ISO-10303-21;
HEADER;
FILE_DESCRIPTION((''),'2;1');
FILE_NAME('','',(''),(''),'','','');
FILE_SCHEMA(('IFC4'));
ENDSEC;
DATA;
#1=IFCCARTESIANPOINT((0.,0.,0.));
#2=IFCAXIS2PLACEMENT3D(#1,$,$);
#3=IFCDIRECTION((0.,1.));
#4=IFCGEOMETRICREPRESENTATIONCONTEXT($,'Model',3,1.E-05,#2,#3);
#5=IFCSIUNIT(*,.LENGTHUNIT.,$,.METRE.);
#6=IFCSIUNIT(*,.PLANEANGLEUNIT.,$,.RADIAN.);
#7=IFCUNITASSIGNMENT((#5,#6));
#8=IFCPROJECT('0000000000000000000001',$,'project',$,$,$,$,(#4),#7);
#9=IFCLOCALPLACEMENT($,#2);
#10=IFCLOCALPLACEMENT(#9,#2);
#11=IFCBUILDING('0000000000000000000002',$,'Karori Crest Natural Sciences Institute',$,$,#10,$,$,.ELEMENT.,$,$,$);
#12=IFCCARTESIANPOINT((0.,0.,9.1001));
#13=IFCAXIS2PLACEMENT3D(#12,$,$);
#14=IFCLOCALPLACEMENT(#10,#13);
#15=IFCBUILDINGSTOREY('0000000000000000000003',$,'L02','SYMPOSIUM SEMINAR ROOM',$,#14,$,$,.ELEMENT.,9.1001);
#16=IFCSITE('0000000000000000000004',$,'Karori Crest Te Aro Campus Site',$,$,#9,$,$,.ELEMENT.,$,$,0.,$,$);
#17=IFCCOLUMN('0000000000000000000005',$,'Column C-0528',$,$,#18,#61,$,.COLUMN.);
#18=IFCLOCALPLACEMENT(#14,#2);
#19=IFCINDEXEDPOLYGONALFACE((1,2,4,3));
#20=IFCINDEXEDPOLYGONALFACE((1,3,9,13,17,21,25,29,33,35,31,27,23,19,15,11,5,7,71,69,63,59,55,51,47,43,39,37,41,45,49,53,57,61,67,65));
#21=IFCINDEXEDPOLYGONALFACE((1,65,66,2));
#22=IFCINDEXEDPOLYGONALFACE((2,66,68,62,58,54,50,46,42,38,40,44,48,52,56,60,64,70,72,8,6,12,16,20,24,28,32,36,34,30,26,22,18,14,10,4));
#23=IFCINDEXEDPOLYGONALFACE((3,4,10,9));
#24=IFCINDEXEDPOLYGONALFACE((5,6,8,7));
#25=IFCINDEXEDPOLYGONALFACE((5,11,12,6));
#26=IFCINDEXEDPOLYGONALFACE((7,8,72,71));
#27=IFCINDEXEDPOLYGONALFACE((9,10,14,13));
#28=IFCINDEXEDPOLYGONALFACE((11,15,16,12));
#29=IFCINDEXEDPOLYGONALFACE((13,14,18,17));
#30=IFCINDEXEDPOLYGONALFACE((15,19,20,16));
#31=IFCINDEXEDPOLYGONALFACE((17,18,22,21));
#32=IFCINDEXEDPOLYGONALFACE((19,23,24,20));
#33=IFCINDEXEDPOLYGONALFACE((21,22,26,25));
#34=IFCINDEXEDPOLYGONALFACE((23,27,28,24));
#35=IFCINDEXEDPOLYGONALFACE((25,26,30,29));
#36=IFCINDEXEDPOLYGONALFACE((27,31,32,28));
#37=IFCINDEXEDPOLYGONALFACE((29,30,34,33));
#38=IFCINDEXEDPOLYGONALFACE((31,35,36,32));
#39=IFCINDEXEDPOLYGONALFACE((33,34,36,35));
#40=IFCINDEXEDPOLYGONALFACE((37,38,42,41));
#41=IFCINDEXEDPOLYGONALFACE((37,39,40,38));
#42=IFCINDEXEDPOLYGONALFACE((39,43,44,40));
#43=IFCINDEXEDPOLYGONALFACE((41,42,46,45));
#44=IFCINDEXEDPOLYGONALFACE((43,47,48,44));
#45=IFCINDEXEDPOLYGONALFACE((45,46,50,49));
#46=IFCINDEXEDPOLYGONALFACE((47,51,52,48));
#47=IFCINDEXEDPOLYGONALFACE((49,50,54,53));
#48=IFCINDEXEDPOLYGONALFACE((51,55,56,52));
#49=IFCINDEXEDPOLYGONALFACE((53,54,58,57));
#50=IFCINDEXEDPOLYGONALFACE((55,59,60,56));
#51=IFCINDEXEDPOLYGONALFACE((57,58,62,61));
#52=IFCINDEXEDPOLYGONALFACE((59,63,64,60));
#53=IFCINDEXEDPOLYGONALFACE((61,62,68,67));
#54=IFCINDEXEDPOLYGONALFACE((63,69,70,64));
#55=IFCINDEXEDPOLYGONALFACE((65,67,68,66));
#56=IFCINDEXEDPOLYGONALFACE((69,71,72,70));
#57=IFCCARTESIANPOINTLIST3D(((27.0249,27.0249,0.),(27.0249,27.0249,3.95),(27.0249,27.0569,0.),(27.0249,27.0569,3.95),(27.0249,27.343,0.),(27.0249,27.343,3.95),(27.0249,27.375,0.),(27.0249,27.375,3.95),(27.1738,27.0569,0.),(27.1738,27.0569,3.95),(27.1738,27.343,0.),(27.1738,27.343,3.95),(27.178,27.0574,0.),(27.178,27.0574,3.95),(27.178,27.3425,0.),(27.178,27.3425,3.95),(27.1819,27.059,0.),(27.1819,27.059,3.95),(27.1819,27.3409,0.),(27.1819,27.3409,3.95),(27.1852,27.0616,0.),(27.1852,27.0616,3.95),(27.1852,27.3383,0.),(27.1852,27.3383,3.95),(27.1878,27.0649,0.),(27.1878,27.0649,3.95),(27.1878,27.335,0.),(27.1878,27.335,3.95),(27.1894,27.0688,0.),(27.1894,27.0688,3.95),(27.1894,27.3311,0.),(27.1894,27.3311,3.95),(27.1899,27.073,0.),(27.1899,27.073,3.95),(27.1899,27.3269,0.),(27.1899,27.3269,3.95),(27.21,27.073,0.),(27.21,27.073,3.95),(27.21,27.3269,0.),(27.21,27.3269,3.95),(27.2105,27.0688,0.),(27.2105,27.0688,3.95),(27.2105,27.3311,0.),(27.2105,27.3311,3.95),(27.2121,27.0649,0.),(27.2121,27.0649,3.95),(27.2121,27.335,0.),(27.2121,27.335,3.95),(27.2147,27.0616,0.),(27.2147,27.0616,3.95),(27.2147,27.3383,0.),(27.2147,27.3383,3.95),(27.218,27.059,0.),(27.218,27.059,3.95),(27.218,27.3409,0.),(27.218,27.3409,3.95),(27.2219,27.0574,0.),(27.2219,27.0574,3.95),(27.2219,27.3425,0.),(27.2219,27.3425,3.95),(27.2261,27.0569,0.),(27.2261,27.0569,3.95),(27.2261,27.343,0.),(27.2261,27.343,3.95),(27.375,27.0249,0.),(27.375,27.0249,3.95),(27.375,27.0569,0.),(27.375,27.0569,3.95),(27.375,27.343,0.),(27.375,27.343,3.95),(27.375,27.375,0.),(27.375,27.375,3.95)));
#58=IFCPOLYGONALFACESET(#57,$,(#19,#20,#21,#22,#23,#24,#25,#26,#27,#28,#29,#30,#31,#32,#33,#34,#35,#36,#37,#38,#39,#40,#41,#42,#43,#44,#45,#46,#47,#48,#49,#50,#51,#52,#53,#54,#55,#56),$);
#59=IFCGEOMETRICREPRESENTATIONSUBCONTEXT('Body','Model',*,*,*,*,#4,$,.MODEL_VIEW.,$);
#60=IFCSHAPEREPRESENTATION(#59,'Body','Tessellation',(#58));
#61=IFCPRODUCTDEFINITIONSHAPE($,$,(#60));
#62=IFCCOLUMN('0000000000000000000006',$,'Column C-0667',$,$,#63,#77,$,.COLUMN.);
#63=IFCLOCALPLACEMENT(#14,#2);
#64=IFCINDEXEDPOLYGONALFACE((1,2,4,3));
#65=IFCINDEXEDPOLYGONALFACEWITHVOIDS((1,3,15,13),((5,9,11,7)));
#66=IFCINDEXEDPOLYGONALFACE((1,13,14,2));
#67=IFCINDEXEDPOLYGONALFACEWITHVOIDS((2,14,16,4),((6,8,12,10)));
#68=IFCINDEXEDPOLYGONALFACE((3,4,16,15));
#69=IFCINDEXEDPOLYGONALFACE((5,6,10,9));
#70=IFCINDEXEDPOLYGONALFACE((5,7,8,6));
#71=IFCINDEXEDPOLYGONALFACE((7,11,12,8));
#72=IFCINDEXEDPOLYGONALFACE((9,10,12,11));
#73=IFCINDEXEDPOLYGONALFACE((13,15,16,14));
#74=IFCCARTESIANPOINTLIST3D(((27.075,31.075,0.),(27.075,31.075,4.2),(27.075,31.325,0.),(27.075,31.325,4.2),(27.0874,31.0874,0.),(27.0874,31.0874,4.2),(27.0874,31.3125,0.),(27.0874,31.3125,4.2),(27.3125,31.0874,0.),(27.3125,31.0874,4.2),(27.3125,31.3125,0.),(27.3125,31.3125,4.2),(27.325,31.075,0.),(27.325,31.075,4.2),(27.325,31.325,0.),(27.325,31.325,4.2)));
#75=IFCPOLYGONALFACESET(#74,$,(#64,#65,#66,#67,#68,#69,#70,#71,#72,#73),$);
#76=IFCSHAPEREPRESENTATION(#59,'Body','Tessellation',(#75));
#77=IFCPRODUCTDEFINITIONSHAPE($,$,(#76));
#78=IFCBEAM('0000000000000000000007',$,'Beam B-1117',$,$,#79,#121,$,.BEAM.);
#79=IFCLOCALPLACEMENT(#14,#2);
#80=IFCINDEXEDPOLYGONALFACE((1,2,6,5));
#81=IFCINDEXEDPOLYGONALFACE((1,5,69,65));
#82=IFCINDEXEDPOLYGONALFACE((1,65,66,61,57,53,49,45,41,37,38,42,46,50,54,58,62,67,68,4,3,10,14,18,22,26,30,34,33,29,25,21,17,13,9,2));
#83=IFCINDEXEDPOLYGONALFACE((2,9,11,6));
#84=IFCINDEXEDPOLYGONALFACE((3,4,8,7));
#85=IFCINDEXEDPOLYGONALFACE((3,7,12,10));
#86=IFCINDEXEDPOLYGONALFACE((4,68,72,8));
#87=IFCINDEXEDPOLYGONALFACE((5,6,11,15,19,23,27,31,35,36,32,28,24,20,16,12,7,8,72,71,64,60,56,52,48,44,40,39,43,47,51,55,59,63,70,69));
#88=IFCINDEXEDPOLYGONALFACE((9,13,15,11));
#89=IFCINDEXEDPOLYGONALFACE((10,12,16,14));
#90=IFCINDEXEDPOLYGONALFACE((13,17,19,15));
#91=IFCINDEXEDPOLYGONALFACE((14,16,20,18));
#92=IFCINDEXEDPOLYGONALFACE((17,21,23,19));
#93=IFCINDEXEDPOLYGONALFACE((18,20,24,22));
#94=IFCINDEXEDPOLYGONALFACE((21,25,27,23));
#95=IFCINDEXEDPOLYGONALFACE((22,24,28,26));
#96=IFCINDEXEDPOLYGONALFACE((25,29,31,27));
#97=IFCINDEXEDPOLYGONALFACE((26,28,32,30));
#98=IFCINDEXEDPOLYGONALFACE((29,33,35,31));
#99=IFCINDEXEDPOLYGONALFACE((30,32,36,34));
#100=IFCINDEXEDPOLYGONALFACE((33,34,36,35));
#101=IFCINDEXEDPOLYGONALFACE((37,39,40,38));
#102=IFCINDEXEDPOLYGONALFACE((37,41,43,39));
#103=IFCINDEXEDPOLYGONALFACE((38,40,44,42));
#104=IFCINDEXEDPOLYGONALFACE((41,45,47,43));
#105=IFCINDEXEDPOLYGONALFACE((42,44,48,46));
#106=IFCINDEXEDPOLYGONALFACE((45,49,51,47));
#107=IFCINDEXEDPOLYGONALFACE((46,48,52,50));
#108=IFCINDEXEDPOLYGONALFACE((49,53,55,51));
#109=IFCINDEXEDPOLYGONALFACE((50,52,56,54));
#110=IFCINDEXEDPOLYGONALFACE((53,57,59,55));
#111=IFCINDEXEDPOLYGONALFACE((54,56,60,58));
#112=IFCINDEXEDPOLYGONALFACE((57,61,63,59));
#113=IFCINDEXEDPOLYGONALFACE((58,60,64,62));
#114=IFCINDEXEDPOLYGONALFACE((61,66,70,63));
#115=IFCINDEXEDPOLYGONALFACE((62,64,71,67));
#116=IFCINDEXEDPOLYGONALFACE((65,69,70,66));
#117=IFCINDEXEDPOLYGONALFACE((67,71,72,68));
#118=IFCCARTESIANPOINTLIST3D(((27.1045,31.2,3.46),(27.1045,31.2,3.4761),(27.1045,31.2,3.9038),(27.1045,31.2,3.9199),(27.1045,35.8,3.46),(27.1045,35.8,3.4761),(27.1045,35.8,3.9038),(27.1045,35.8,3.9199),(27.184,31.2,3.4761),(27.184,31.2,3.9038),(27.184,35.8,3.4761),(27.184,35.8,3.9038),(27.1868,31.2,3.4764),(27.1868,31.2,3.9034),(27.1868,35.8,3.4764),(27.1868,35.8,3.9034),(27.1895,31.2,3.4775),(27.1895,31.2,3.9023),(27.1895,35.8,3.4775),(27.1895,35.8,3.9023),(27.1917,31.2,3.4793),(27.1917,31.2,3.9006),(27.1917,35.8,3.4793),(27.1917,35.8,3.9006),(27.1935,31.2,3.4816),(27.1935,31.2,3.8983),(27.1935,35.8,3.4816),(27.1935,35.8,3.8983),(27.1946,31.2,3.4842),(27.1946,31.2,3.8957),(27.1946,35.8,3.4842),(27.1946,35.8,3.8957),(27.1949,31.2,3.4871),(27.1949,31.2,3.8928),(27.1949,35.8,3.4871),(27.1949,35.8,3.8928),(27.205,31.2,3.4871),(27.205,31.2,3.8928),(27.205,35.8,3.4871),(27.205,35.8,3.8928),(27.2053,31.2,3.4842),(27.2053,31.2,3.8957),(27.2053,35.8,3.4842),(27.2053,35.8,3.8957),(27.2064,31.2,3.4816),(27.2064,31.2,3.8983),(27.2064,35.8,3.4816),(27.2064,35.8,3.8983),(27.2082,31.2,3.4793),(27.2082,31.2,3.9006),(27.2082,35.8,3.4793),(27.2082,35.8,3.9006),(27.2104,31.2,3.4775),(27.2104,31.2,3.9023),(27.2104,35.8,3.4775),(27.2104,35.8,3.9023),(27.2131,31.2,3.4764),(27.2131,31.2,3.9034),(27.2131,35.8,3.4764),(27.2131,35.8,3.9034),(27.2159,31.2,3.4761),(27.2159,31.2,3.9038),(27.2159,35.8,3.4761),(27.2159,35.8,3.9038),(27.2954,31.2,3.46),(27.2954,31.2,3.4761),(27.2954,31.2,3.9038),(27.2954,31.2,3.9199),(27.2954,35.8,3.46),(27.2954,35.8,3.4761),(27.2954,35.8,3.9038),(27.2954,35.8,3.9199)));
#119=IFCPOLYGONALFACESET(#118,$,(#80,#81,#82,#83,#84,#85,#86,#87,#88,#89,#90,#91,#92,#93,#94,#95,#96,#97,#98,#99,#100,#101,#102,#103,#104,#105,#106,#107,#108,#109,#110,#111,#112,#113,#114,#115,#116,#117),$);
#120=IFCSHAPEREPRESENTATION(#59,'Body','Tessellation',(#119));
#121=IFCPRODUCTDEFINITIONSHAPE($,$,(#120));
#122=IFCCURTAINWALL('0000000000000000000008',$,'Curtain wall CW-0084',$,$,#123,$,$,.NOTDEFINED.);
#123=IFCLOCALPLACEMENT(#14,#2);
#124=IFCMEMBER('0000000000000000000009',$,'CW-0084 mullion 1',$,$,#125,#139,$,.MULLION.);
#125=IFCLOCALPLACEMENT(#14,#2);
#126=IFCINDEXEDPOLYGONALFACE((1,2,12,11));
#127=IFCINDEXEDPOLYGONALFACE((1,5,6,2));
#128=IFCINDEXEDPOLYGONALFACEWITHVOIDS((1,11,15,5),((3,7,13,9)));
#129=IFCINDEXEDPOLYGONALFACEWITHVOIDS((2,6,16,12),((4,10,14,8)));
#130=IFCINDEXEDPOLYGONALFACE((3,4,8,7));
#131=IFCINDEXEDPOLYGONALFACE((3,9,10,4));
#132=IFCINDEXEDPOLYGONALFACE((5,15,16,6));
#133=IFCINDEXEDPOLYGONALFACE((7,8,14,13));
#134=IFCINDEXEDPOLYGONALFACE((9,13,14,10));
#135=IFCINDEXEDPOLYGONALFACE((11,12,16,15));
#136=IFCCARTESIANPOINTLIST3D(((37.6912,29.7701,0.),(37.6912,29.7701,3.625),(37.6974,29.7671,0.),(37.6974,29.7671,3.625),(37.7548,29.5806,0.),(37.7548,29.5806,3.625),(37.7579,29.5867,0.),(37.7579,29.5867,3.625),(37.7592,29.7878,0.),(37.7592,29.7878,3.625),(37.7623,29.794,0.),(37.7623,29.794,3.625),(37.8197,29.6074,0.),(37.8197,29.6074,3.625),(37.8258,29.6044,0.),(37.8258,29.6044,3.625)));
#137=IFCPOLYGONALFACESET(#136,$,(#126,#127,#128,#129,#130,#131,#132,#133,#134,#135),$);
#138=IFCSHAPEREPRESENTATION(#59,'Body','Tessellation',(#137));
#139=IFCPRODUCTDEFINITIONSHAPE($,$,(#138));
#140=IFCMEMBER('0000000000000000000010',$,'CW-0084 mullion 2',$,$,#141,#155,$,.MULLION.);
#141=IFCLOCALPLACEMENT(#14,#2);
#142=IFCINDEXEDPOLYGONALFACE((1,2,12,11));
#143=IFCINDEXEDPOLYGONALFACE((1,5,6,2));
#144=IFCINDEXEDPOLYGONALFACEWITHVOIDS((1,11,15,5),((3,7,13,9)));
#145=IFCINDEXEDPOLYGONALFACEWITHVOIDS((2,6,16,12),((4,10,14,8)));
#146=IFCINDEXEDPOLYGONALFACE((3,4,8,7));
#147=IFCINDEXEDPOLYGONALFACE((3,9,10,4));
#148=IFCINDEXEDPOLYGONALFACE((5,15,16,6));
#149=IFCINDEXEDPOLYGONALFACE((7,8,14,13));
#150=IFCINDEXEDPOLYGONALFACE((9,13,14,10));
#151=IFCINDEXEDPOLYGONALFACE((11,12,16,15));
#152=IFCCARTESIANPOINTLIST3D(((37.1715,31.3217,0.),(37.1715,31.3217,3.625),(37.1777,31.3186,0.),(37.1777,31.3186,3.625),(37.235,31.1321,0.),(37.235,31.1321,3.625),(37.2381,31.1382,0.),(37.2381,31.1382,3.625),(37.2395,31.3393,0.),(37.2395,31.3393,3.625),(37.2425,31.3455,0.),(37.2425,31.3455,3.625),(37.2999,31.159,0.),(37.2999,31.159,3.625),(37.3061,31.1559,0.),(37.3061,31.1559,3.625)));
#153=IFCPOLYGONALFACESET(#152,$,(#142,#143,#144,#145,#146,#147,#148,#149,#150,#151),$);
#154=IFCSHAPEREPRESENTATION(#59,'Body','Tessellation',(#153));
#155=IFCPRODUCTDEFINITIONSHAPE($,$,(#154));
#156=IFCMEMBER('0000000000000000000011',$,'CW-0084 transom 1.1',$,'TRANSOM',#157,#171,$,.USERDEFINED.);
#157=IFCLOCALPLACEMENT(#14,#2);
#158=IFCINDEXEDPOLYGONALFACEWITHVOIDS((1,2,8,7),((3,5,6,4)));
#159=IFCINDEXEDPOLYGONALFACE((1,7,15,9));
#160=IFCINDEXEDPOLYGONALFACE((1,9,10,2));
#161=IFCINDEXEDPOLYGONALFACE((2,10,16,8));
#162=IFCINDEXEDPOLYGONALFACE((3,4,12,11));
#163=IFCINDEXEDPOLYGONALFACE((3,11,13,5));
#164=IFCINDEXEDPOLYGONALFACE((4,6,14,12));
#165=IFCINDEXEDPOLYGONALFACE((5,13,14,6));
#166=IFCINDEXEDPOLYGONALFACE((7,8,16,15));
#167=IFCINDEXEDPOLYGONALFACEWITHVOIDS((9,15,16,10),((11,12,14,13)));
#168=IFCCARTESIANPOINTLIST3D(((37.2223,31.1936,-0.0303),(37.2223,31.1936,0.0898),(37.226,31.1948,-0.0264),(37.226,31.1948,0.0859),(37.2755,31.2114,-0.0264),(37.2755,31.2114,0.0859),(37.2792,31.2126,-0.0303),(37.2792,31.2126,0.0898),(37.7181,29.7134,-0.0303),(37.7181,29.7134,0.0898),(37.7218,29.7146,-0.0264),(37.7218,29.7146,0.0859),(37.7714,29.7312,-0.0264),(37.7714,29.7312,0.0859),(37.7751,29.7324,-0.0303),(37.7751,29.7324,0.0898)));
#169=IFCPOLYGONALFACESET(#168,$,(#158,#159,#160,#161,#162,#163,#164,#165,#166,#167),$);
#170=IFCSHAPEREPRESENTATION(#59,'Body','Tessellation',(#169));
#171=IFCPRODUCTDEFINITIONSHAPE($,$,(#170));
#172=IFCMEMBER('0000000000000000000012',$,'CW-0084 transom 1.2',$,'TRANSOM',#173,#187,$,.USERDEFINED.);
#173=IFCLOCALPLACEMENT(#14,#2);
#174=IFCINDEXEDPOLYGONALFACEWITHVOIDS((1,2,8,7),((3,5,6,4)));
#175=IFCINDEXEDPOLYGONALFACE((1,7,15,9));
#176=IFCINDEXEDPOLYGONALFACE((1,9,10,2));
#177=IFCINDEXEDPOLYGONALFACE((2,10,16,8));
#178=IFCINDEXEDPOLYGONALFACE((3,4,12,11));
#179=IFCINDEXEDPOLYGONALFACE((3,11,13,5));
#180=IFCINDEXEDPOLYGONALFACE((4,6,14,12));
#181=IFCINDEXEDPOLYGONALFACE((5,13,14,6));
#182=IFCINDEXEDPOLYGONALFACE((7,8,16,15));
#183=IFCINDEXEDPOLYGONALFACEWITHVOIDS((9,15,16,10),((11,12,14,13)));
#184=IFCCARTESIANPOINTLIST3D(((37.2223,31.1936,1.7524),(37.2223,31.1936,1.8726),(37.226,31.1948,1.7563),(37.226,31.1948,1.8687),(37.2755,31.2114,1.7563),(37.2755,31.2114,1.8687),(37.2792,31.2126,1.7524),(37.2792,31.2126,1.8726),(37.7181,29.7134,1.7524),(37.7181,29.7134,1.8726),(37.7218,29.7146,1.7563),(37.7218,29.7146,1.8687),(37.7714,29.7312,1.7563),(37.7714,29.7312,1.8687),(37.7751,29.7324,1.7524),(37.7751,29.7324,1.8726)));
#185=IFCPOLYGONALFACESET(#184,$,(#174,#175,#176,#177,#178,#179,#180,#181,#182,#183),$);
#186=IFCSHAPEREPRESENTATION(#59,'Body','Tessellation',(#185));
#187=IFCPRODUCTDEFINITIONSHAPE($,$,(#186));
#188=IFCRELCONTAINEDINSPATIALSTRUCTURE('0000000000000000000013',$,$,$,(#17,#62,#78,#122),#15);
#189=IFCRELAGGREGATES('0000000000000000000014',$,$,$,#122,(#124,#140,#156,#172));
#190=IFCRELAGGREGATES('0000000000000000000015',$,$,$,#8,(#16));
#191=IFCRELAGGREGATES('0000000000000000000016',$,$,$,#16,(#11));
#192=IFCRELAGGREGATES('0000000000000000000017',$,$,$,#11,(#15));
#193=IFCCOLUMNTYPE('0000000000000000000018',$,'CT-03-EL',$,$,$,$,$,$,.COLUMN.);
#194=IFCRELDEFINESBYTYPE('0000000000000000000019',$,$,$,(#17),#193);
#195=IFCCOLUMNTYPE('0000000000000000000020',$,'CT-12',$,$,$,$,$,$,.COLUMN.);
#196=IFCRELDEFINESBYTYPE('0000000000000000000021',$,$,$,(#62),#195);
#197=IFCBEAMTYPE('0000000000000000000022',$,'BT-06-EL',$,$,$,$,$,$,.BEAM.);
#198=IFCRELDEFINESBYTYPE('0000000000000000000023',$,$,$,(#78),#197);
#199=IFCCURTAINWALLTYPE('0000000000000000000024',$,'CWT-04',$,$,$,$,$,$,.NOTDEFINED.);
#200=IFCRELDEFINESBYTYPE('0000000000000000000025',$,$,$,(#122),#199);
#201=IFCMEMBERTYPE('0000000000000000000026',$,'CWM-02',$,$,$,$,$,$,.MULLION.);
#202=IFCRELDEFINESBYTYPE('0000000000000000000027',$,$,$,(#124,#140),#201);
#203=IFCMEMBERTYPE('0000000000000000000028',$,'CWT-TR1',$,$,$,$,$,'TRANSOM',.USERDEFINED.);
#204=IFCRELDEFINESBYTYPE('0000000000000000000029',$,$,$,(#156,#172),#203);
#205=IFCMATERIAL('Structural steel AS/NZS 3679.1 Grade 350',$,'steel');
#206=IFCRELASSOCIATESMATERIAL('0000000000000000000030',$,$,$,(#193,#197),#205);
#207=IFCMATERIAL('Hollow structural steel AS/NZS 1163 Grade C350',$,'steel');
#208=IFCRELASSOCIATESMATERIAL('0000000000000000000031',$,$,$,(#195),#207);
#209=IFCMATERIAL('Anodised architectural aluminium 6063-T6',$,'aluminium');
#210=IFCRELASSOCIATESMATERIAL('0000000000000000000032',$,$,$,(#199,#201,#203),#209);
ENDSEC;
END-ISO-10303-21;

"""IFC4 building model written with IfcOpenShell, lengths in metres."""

from ifc_helpers import new_model, si_unit, direction, frame, origin, origin_2d, place, context, subcontext, project, spatial, hollow_rectangle, i_section, extrude, material, material_profile, profile_set, type_object, element, aggregate, save


model = new_model("IFC4")

# Units and contexts
model_context = context("Model", 3, precision=1e-05, world=origin(), true_north=direction((0.0, 1.0)))
body_context = subcontext(model_context, "Body", "Model", "MODEL_VIEW")
ifc_project = project(units=[si_unit("LENGTHUNIT", "METRE"), si_unit("PLANEANGLEUNIT", "RADIAN")], contexts=[model_context])

# Site, building, storey
site_placement = place(None, origin())
site = spatial("IfcSite", under=ifc_project, at=site_placement, Name="Karori Crest Te Aro Campus Site", CompositionType="ELEMENT", RefElevation=0.0)
building_placement = place(site_placement, origin())
building = spatial("IfcBuilding", under=site, at=building_placement, Name="Karori Crest Natural Sciences Institute", CompositionType="ELEMENT")
storey_placement = place(building_placement, frame((0.0, 0.0, 9.1001)))
storey = spatial("IfcBuildingStorey", under=building, at=storey_placement, Name="L02", Description="SYMPOSIUM SEMINAR ROOM", CompositionType="ELEMENT", Elevation=9.1001)

# Columns
ifc_material_1 = material(Name="Structural steel AS/NZS 3679.1 Grade 350", Category="steel")
ifc_material_profile_1 = material_profile(ifc_material_1, i_section(OverallWidth=0.3501, OverallDepth=0.3501, WebThickness=0.02, FlangeThickness=0.032, FilletRadius=0.0161, at=origin_2d()), Name="350WC280")
ifc_profile_set_1 = profile_set([ifc_material_profile_1], Name="Structural steel AS/NZS 3679.1 Grade 350")
column_type_1 = type_object("IfcColumnType", Name="CT-03-EL", PredefinedType="COLUMN", material=ifc_profile_set_1)
column_1_placement = place(storey_placement, frame((27.2, 27.2, 0.0), z_axis=(0.0, 0.0, 1.0), x_axis=(1.0, 0.0, 0.0)))
element("IfcColumn", 1, at=column_1_placement, inside=storey, type_object=column_type_1, Name="Column C-0528", PredefinedType="COLUMN", context=body_context, shape_type="SweptSolid", body=[
    extrude(i_section(OverallWidth=0.3501, OverallDepth=0.3501, WebThickness=0.02, FlangeThickness=0.032, FilletRadius=0.0161, at=origin_2d()), origin(), (0.0, 0.0, 1.0), 3.95),
])
ifc_material_2 = material(Name="Hollow structural steel AS/NZS 1163 Grade C350", Category="steel")
ifc_material_profile_2 = material_profile(ifc_material_2, hollow_rectangle(XDim=0.25, YDim=0.25, WallThickness=0.0125, at=origin_2d()), Name="SHS250x250x12.5")
ifc_profile_set_2 = profile_set([ifc_material_profile_2], Name="Hollow structural steel AS/NZS 1163 Grade C350")
column_type_2 = type_object("IfcColumnType", Name="CT-12", PredefinedType="COLUMN", material=ifc_profile_set_2)
column_2_placement = place(storey_placement, frame((27.2, 31.2, 0.0), z_axis=(0.0, 0.0, 1.0), x_axis=(1.0, 0.0, 0.0)))
element("IfcColumn", 2, at=column_2_placement, inside=storey, type_object=column_type_2, Name="Column C-0667", PredefinedType="COLUMN", context=body_context, shape_type="SweptSolid", body=[
    extrude(hollow_rectangle(XDim=0.25, YDim=0.25, WallThickness=0.0125, at=origin_2d()), origin(), (0.0, 0.0, 1.0), 4.2),
])

# Beam
ifc_material_profile_3 = material_profile(ifc_material_1, i_section(OverallWidth=0.1909, OverallDepth=0.46, WebThickness=0.01, FlangeThickness=0.0161, FilletRadius=0.011, at=origin_2d()), Name="460UB82.1")
ifc_profile_set_3 = profile_set([ifc_material_profile_3], Name="Structural steel AS/NZS 3679.1 Grade 350")
beam_type = type_object("IfcBeamType", Name="BT-06-EL", PredefinedType="BEAM", material=ifc_profile_set_3)
beam_placement = place(storey_placement, frame((27.2, 31.2, 3.6899), z_axis=(0.0, 1.0, 0.0), x_axis=(-1.0, 0.0, 0.0)))
element("IfcBeam", 3, at=beam_placement, inside=storey, type_object=beam_type, Name="Beam B-1117", PredefinedType="BEAM", context=body_context, shape_type="SweptSolid", body=[
    extrude(i_section(OverallWidth=0.1909, OverallDepth=0.46, WebThickness=0.01, FlangeThickness=0.0161, FilletRadius=0.011, at=origin_2d()), origin(), (0.0, 0.0, 1.0), 4.6001),
])

# Curtain wall, members
ifc_material_3 = material(Name="Anodised architectural aluminium 6063-T6", Category="aluminium")
curtain_wall_type = type_object("IfcCurtainWallType", Name="CWT-04", PredefinedType="NOTDEFINED", material=ifc_material_3)
curtain_wall_placement = place(storey_placement, origin())
curtain_wall = element("IfcCurtainWall", 4, at=curtain_wall_placement, inside=storey, type_object=curtain_wall_type, Name="Curtain wall CW-0084", PredefinedType="NOTDEFINED")
ifc_material_profile_4 = material_profile(ifc_material_3, hollow_rectangle(XDim=0.075, YDim=0.2, WallThickness=0.0049, at=origin_2d()), Name="CWM200x75x5")
ifc_profile_set_4 = profile_set([ifc_material_profile_4], Name="Anodised architectural aluminium 6063-T6")
member_type_1 = type_object("IfcMemberType", Name="CWM-02", PredefinedType="MULLION", material=ifc_profile_set_4)
member_1_placement = place(storey_placement, frame((37.7585, 29.6873, 0.0), z_axis=(0.0, 0.0, 1.0), x_axis=(-0.948196, -0.317685, 0.0)))
member_1 = element("IfcMember", 5, at=member_1_placement, type_object=member_type_1, Name="CW-0084 mullion 1", PredefinedType="MULLION", context=body_context, shape_type="SweptSolid", body=[
    extrude(hollow_rectangle(XDim=0.075, YDim=0.2, WallThickness=0.0049, at=origin_2d()), origin(), (0.0, 0.0, 1.0), 3.625),
])
member_2_placement = place(storey_placement, frame((37.2388, 31.2388, 0.0), z_axis=(0.0, 0.0, 1.0), x_axis=(-0.948196, -0.317685, 0.0)))
member_2 = element("IfcMember", 6, at=member_2_placement, type_object=member_type_1, Name="CW-0084 mullion 2", PredefinedType="MULLION", context=body_context, shape_type="SweptSolid", body=[
    extrude(hollow_rectangle(XDim=0.075, YDim=0.2, WallThickness=0.0049, at=origin_2d()), origin(), (0.0, 0.0, 1.0), 3.625),
])
ifc_material_profile_5 = material_profile(ifc_material_3, hollow_rectangle(XDim=0.0601, YDim=0.1201, WallThickness=0.0039, at=origin_2d()), Name="CWT120x60x4")
ifc_profile_set_5 = profile_set([ifc_material_profile_5], Name="Anodised architectural aluminium 6063-T6")
member_type_2 = type_object("IfcMemberType", Name="CWT-TR1", ElementType="TRANSOM", PredefinedType="USERDEFINED", material=ifc_profile_set_5)
member_3_placement = place(storey_placement, frame((37.7466, 29.7229, 0.0298), z_axis=(-0.317635, 0.948213, 0.0), x_axis=(-0.948213, -0.317635, 0.0)))
member_3 = element("IfcMember", 7, at=member_3_placement, type_object=member_type_2, Name="CW-0084 transom 1.1", ObjectType="TRANSOM", PredefinedType="USERDEFINED", context=body_context, shape_type="SweptSolid", body=[
    extrude(hollow_rectangle(XDim=0.0601, YDim=0.1201, WallThickness=0.0039, at=origin_2d()), origin(), (0.0, 0.0, 1.0), 1.561),
])
member_4_placement = place(storey_placement, frame((37.7466, 29.7229, 1.8125), z_axis=(-0.317635, 0.948213, 0.0), x_axis=(-0.948213, -0.317635, 0.0)))
member_4 = element("IfcMember", 8, at=member_4_placement, type_object=member_type_2, Name="CW-0084 transom 1.2", ObjectType="TRANSOM", PredefinedType="USERDEFINED", context=body_context, shape_type="SweptSolid", body=[
    extrude(hollow_rectangle(XDim=0.0601, YDim=0.1201, WallThickness=0.0039, at=origin_2d()), origin(), (0.0, 0.0, 1.0), 1.561),
])
aggregate(curtain_wall, [member_1, member_2, member_3, member_4])

save(model, "model.ifc")
